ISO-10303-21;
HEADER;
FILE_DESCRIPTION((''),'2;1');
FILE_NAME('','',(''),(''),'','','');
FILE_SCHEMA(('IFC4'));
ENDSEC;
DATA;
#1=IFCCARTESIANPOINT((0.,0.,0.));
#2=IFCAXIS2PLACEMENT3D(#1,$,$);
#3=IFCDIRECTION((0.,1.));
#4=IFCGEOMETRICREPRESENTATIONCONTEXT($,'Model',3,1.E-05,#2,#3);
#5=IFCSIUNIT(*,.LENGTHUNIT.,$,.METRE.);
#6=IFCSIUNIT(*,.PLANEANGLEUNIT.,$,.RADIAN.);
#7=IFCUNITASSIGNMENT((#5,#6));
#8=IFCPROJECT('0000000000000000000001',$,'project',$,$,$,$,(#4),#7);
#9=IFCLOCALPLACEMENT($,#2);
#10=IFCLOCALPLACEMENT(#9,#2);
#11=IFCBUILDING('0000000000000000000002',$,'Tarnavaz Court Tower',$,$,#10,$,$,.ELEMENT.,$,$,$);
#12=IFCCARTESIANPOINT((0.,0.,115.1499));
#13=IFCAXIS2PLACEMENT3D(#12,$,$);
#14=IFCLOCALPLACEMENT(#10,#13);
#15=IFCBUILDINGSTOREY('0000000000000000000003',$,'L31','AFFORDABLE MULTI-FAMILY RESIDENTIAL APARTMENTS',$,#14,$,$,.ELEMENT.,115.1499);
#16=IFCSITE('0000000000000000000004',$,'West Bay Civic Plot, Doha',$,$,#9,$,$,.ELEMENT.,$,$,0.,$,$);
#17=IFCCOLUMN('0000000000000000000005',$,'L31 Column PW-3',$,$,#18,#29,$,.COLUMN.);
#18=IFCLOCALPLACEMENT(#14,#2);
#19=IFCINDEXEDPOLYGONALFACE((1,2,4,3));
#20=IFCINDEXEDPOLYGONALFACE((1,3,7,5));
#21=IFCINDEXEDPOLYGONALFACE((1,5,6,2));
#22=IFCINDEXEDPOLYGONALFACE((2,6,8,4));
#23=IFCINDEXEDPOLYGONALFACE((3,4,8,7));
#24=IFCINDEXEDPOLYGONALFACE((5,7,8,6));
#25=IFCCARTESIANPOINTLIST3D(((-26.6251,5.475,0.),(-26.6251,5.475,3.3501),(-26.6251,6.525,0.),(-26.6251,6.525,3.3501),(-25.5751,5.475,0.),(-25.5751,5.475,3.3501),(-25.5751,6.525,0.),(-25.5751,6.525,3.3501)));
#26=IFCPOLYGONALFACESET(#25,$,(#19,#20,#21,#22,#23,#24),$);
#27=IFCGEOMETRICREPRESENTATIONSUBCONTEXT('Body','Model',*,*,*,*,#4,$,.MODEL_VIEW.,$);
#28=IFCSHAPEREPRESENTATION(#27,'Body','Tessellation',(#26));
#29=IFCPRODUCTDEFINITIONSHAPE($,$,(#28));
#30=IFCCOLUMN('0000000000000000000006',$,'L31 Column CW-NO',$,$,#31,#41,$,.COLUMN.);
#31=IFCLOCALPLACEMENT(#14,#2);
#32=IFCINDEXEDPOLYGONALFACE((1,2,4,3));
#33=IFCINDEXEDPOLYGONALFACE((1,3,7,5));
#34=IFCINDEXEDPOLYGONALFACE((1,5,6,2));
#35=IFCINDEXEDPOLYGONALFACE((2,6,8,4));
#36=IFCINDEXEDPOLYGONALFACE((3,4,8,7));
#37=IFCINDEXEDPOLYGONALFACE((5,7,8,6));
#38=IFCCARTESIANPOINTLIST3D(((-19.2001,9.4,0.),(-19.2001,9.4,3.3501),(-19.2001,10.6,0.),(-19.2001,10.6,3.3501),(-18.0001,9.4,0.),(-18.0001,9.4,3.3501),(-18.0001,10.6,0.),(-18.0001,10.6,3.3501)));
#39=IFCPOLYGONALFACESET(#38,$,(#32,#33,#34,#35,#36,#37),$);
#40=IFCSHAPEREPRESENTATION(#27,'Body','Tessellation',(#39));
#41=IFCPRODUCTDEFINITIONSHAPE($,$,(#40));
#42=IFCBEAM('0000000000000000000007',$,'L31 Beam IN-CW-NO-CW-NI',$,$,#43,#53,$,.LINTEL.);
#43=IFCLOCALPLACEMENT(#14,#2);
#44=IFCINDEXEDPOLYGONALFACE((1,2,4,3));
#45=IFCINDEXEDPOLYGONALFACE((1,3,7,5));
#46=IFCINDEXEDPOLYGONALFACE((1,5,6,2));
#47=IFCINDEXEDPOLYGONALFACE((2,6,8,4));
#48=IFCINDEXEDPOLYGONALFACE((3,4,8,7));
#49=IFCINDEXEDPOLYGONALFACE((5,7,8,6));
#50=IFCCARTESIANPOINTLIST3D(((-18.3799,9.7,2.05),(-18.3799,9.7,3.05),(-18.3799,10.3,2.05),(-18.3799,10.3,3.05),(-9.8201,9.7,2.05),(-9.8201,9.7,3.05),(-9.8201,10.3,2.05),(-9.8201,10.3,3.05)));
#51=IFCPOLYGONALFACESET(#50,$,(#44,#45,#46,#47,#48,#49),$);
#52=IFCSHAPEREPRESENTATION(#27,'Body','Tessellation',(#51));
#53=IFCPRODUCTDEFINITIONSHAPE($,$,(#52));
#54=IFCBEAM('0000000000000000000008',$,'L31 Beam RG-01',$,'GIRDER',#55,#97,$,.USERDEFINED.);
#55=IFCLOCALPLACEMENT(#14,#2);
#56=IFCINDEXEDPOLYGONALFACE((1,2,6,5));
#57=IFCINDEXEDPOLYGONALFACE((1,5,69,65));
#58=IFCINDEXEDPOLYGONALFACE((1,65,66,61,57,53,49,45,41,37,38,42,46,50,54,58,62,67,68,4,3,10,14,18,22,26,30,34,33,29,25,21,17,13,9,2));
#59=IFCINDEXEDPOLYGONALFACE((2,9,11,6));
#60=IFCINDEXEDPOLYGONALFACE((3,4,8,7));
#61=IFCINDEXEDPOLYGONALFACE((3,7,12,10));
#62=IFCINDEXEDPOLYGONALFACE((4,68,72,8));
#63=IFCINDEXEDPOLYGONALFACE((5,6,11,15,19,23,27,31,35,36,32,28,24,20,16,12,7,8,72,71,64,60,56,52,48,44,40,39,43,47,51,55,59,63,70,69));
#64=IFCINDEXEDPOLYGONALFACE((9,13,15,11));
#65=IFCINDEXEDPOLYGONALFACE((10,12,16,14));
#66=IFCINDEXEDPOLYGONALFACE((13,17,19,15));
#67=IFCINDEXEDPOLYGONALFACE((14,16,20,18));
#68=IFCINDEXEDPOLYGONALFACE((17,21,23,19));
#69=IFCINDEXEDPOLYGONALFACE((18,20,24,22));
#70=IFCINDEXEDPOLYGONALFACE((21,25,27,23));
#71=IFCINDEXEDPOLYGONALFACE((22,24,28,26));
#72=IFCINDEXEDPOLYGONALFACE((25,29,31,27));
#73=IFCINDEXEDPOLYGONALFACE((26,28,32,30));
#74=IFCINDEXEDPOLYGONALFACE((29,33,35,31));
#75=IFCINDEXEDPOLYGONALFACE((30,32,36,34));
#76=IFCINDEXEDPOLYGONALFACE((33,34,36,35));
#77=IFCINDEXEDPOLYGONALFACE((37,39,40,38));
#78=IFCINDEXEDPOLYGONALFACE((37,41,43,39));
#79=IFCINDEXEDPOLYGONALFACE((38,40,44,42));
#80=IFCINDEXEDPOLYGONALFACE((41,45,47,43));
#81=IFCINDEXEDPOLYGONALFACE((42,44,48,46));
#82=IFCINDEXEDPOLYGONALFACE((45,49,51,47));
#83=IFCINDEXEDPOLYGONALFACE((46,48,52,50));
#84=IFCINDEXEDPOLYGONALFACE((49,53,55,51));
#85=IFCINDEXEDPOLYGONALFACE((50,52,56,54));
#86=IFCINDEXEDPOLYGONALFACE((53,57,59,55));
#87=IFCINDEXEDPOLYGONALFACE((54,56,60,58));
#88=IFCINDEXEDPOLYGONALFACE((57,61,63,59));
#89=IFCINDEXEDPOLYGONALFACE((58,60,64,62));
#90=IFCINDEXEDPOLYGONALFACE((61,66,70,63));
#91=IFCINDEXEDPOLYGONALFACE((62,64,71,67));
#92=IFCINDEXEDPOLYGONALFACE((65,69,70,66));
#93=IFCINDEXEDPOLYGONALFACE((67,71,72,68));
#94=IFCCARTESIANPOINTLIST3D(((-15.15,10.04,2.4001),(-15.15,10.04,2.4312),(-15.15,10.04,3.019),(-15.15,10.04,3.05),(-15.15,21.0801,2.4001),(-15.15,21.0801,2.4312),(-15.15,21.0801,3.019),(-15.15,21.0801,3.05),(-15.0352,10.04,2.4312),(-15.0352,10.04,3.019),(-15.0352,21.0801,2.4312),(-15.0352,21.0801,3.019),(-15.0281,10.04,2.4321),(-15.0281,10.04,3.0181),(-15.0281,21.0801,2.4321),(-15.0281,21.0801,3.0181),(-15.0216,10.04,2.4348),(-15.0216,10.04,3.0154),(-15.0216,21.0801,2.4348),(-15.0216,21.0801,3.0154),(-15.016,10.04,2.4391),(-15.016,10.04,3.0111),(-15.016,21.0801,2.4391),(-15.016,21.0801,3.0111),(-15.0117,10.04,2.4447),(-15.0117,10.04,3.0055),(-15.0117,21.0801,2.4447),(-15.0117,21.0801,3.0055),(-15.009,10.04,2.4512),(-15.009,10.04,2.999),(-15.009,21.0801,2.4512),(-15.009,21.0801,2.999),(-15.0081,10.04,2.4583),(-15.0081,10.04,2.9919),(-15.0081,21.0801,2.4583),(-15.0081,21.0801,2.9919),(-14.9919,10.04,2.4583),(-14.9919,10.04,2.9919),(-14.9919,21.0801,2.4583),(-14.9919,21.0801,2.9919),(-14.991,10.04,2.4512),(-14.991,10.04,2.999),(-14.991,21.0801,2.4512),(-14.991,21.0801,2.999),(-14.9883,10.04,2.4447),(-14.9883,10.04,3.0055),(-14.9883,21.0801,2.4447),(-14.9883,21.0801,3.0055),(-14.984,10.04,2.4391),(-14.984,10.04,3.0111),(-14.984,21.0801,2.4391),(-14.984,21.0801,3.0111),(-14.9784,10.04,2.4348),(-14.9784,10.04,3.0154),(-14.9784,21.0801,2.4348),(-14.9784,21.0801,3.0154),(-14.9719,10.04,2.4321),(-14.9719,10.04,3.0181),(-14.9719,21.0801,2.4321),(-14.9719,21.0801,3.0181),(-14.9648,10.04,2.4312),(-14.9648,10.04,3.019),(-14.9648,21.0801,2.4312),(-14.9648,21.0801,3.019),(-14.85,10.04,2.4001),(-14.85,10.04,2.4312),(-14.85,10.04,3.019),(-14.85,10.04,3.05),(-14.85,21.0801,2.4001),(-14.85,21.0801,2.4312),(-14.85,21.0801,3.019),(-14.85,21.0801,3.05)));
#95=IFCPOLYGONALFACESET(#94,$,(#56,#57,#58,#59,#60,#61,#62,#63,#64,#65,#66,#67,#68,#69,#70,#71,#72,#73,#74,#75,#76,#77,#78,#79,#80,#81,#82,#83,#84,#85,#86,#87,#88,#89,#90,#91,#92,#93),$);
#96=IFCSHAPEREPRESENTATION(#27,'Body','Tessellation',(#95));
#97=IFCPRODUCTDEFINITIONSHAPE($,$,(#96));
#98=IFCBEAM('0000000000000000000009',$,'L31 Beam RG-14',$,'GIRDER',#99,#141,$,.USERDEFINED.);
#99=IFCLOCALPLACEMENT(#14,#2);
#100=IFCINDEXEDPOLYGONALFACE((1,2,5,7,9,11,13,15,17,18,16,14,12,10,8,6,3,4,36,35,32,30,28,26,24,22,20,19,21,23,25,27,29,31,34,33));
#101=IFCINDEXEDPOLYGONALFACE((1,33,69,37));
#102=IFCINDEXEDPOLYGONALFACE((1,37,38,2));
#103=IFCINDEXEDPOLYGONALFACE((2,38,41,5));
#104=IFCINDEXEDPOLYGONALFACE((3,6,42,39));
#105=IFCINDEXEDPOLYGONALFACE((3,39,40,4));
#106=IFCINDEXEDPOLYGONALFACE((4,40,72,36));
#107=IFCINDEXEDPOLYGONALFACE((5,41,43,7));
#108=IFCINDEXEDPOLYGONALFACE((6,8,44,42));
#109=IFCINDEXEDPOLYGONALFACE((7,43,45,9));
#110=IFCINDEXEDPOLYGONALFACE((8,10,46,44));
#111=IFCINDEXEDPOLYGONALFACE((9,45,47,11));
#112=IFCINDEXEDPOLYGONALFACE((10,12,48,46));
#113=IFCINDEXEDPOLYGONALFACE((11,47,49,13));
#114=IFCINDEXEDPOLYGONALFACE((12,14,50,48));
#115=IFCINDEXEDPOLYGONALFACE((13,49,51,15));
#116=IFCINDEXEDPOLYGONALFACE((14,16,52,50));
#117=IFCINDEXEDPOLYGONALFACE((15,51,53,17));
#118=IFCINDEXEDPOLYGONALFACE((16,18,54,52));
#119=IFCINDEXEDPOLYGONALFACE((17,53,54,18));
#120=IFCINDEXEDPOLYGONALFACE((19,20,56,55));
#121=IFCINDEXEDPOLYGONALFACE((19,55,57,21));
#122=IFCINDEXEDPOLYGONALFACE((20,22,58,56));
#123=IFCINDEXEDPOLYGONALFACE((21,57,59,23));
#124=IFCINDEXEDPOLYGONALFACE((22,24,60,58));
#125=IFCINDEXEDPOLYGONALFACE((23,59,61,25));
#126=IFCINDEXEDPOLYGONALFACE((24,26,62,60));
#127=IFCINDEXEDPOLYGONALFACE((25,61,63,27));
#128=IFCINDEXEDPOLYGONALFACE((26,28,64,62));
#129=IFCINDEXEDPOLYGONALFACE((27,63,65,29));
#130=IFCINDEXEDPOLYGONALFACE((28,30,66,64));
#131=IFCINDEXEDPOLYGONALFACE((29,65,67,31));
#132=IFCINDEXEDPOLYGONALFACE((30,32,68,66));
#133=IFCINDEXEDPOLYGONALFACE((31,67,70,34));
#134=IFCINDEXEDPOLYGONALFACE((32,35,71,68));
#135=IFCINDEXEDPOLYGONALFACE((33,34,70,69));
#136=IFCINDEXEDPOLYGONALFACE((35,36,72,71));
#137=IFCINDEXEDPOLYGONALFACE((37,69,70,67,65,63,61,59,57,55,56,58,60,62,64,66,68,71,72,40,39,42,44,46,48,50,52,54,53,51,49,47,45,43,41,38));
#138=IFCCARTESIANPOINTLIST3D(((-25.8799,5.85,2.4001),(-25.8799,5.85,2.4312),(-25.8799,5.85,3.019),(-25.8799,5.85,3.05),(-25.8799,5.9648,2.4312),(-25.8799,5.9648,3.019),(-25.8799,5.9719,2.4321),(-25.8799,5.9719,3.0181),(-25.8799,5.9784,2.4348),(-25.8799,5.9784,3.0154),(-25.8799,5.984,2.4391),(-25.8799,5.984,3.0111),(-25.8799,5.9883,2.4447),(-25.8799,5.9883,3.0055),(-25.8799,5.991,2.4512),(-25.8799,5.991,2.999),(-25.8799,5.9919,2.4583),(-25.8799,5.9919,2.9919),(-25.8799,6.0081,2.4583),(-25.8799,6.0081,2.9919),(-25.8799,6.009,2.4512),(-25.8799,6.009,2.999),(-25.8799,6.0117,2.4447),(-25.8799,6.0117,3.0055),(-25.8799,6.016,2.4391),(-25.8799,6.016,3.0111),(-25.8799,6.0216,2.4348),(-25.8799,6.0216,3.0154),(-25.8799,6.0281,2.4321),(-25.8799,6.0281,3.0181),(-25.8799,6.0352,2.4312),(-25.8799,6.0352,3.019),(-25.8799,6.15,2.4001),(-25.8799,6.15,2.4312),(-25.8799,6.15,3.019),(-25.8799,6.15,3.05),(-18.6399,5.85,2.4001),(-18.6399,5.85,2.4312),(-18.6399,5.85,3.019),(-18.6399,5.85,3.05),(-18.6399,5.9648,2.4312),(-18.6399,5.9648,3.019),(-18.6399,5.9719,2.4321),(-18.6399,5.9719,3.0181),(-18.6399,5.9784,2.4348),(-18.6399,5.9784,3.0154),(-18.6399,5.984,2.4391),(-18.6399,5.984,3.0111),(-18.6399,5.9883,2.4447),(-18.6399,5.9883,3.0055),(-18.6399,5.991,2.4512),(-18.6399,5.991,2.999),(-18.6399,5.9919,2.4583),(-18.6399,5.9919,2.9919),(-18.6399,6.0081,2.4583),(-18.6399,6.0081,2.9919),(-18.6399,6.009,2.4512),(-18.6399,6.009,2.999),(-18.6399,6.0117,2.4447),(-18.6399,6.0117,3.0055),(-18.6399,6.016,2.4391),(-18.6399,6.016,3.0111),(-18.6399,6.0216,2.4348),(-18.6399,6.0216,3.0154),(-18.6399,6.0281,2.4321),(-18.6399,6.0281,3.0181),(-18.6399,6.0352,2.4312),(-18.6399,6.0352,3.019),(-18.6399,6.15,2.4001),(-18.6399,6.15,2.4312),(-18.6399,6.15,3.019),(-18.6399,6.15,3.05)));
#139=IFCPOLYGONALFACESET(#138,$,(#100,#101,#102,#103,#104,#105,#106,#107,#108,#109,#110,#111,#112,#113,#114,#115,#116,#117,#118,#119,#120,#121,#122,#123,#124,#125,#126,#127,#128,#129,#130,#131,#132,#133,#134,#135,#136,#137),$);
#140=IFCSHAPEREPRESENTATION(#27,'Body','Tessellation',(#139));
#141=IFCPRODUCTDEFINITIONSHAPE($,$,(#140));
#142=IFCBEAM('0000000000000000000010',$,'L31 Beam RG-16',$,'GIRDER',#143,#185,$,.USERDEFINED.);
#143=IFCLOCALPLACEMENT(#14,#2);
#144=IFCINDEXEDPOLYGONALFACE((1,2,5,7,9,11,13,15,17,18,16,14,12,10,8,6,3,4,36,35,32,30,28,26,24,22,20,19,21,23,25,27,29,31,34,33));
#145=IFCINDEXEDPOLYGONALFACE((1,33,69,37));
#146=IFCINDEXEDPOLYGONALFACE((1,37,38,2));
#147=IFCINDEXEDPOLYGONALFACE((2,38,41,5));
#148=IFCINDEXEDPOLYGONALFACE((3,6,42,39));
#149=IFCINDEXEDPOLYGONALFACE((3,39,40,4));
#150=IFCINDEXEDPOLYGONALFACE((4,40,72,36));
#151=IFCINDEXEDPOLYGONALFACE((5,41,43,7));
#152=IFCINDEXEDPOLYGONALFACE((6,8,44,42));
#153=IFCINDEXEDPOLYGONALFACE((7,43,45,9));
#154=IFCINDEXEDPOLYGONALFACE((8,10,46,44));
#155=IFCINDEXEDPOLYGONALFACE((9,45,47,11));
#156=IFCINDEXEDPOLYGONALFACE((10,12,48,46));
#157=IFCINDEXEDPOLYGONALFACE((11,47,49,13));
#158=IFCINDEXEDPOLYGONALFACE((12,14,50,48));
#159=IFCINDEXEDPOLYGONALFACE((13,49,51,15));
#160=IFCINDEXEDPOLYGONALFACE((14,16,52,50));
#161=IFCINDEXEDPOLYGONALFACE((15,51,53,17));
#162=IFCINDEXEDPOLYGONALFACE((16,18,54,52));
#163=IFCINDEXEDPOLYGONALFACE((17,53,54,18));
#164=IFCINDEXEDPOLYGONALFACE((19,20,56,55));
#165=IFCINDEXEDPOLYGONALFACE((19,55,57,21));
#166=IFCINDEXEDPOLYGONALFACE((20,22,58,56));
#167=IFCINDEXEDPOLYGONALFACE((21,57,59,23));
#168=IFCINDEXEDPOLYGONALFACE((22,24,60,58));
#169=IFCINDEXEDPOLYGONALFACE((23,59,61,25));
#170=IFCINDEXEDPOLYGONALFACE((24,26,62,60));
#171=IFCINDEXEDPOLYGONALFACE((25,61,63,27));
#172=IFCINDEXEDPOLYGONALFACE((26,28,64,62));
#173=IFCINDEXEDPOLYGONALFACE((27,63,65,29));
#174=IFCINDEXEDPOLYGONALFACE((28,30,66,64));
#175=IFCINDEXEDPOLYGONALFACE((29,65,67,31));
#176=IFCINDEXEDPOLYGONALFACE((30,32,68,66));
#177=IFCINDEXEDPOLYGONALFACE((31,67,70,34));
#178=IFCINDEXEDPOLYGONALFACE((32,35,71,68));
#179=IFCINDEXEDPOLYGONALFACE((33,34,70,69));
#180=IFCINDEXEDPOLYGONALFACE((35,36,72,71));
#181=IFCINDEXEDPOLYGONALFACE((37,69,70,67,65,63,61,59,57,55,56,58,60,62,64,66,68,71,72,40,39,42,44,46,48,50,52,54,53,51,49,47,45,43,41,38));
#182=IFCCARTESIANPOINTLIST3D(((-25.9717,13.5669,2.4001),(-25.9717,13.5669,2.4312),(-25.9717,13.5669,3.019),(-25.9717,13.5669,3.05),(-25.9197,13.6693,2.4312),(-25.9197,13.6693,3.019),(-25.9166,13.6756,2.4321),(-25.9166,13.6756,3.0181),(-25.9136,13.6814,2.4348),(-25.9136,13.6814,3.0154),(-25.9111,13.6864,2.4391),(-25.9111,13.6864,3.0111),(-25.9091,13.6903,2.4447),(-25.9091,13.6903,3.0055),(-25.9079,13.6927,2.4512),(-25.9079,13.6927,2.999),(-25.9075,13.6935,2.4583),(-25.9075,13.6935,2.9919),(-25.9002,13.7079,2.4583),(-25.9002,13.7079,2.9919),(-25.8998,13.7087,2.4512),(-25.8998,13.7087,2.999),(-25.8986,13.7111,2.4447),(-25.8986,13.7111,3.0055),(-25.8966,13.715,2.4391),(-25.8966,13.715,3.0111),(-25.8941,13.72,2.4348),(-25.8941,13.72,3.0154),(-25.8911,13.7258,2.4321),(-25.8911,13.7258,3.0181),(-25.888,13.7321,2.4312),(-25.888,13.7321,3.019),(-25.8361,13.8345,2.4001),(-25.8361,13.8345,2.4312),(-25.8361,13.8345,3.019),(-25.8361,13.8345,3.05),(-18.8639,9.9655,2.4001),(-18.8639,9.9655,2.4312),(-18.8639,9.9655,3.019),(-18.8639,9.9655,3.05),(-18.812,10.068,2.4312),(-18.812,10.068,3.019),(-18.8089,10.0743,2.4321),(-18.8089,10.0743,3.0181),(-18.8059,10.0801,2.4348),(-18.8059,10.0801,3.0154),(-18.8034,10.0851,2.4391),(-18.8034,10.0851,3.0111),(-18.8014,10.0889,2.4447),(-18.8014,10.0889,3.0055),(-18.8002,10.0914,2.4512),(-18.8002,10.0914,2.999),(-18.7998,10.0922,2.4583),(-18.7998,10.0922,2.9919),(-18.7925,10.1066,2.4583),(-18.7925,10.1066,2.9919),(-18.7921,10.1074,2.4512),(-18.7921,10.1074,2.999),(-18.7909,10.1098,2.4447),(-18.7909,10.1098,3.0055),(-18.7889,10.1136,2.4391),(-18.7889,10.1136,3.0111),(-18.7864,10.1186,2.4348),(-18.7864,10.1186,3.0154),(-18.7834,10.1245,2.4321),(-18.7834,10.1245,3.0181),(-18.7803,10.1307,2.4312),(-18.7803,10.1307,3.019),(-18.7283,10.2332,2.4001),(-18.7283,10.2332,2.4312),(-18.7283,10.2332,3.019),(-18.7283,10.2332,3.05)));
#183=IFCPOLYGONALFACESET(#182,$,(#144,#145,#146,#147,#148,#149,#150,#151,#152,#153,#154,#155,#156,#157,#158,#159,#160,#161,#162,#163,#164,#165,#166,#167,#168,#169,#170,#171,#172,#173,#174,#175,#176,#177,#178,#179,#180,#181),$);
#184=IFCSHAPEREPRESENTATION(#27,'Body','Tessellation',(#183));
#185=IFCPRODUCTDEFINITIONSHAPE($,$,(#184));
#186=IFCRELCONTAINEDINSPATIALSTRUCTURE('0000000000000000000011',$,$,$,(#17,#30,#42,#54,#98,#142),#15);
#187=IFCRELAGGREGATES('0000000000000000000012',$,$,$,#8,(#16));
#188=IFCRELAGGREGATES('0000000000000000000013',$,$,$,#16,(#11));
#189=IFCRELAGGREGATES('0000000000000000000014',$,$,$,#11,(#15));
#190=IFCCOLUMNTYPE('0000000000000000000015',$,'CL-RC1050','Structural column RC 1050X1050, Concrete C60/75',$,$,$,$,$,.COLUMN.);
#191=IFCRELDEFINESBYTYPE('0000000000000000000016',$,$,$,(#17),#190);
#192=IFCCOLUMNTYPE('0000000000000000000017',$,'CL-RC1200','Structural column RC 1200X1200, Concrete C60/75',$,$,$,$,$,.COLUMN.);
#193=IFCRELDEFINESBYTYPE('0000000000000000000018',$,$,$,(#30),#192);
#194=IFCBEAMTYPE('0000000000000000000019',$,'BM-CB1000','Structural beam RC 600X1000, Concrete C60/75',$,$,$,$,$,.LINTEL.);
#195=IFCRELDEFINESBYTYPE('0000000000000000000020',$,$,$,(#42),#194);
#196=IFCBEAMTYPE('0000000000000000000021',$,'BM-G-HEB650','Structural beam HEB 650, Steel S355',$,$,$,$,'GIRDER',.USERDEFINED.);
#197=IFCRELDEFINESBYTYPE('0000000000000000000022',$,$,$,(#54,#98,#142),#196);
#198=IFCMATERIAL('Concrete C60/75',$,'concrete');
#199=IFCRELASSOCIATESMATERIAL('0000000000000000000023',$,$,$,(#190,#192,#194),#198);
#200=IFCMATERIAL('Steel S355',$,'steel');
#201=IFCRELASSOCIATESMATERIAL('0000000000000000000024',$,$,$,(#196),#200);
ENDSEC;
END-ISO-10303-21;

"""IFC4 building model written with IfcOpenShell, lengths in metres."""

from ifc_helpers import new_model, si_unit, direction, frame, origin, origin_2d, place, context, subcontext, project, spatial, rectangle, i_section, extrude, material, material_profile, profile_set, type_object, element, save


model = new_model("IFC4")

# Units and contexts
model_context = context("Model", 3, precision=1e-05, world=origin(), true_north=direction((0.0, 1.0)))
body_context = subcontext(model_context, "Body", "Model", "MODEL_VIEW")
ifc_project = project(units=[si_unit("LENGTHUNIT", "METRE"), si_unit("PLANEANGLEUNIT", "RADIAN")], contexts=[model_context])

# Site, building, storey
site_placement = place(None, origin())
site = spatial("IfcSite", under=ifc_project, at=site_placement, Name="West Bay Civic Plot, Doha", CompositionType="ELEMENT", RefElevation=0.0)
building_placement = place(site_placement, origin())
building = spatial("IfcBuilding", under=site, at=building_placement, Name="Tarnavaz Court Tower", CompositionType="ELEMENT")
storey_placement = place(building_placement, frame((0.0, 0.0, 115.1499)))
storey = spatial("IfcBuildingStorey", under=building, at=storey_placement, Name="L31", Description="AFFORDABLE MULTI-FAMILY RESIDENTIAL APARTMENTS", CompositionType="ELEMENT", Elevation=115.1499)

# Columns
ifc_material_1 = material(Name="Concrete C60/75", Category="concrete")
ifc_material_profile_1 = material_profile(ifc_material_1, rectangle(XDim=1.05, YDim=1.05, at=origin_2d()), Name="RC 1050X1050")
ifc_profile_set_1 = profile_set([ifc_material_profile_1], Name="Concrete C60/75")
column_type_1 = type_object("IfcColumnType", Name="CL-RC1050", Description="Structural column RC 1050X1050, Concrete C60/75", PredefinedType="COLUMN", material=ifc_profile_set_1)
column_1_placement = place(storey_placement, frame((-26.1001, 6.0, 0.0), z_axis=(0.0, 0.0, 1.0), x_axis=(1.0, 0.0, 0.0)))
element("IfcColumn", 1, at=column_1_placement, inside=storey, type_object=column_type_1, Name="L31 Column PW-3", PredefinedType="COLUMN", context=body_context, shape_type="SweptSolid", body=[
    extrude(rectangle(XDim=1.05, YDim=1.05, at=origin_2d()), origin(), (0.0, 0.0, 1.0), 3.3501),
])
ifc_material_profile_2 = material_profile(ifc_material_1, rectangle(XDim=1.2, YDim=1.2, at=origin_2d()), Name="RC 1200X1200")
ifc_profile_set_2 = profile_set([ifc_material_profile_2], Name="Concrete C60/75")
column_type_2 = type_object("IfcColumnType", Name="CL-RC1200", Description="Structural column RC 1200X1200, Concrete C60/75", PredefinedType="COLUMN", material=ifc_profile_set_2)
column_2_placement = place(storey_placement, frame((-18.6001, 10.0, 0.0), z_axis=(0.0, 0.0, 1.0), x_axis=(1.0, 0.0, 0.0)))
element("IfcColumn", 2, at=column_2_placement, inside=storey, type_object=column_type_2, Name="L31 Column CW-NO", PredefinedType="COLUMN", context=body_context, shape_type="SweptSolid", body=[
    extrude(rectangle(XDim=1.2, YDim=1.2, at=origin_2d()), origin(), (0.0, 0.0, 1.0), 3.3501),
])

# Beams
ifc_material_profile_3 = material_profile(ifc_material_1, rectangle(XDim=0.6001, YDim=1.0, at=origin_2d()), Name="RC 600X1000")
ifc_profile_set_3 = profile_set([ifc_material_profile_3], Name="Concrete C60/75")
beam_type_1 = type_object("IfcBeamType", Name="BM-CB1000", Description="Structural beam RC 600X1000, Concrete C60/75", PredefinedType="LINTEL", material=ifc_profile_set_3)
beam_1_placement = place(storey_placement, frame((-18.3799, 10.0, 2.55), z_axis=(1.0, 0.0, 0.0), x_axis=(0.0, 1.0, 0.0)))
element("IfcBeam", 3, at=beam_1_placement, inside=storey, type_object=beam_type_1, Name="L31 Beam IN-CW-NO-CW-NI", PredefinedType="LINTEL", context=body_context, shape_type="SweptSolid", body=[
    extrude(rectangle(XDim=0.6001, YDim=1.0, at=origin_2d()), origin(), (0.0, 0.0, 1.0), 8.5598),
])
ifc_material_2 = material(Name="Steel S355", Category="steel")
ifc_material_profile_4 = material_profile(ifc_material_2, i_section(OverallWidth=0.3, OverallDepth=0.6499, WebThickness=0.0161, FlangeThickness=0.031, FilletRadius=0.0271, at=origin_2d()), Name="HEB 650")
ifc_profile_set_4 = profile_set([ifc_material_profile_4], Name="Steel S355")
beam_type_2 = type_object("IfcBeamType", Name="BM-G-HEB650", Description="Structural beam HEB 650, Steel S355", ElementType="GIRDER", PredefinedType="USERDEFINED", material=ifc_profile_set_4)
beam_2_placement = place(storey_placement, frame((-15.0, 10.04, 2.7251), z_axis=(0.0, 1.0, 0.0), x_axis=(-1.0, 0.0, 0.0)))
element("IfcBeam", 4, at=beam_2_placement, inside=storey, type_object=beam_type_2, Name="L31 Beam RG-01", ObjectType="GIRDER", PredefinedType="USERDEFINED", context=body_context, shape_type="SweptSolid", body=[
    extrude(i_section(OverallWidth=0.3, OverallDepth=0.6499, WebThickness=0.0161, FlangeThickness=0.031, FilletRadius=0.0271, at=origin_2d()), origin(), (0.0, 0.0, 1.0), 11.04),
])
beam_3_placement = place(storey_placement, frame((-18.6399, 6.0, 2.7251), z_axis=(-1.0, 0.0, 0.0), x_axis=(0.0, -1.0, 0.0)))
element("IfcBeam", 5, at=beam_3_placement, inside=storey, type_object=beam_type_2, Name="L31 Beam RG-14", ObjectType="GIRDER", PredefinedType="USERDEFINED", context=body_context, shape_type="SweptSolid", body=[
    extrude(i_section(OverallWidth=0.3, OverallDepth=0.6499, WebThickness=0.0161, FlangeThickness=0.031, FilletRadius=0.0271, at=origin_2d()), origin(), (0.0, 0.0, 1.0), 7.24),
])
beam_4_placement = place(storey_placement, frame((-18.7961, 10.0994, 2.7251), z_axis=(-0.892031, 0.451975, 0.0), x_axis=(-0.451975, -0.892031, 0.0)))
element("IfcBeam", 6, at=beam_4_placement, inside=storey, type_object=beam_type_2, Name="L31 Beam RG-16", ObjectType="GIRDER", PredefinedType="USERDEFINED", context=body_context, shape_type="SweptSolid", body=[
    extrude(i_section(OverallWidth=0.3, OverallDepth=0.6499, WebThickness=0.0161, FlangeThickness=0.031, FilletRadius=0.0271, at=origin_2d()), origin(), (0.0, 0.0, 1.0), 7.968),
])

save(model, "model.ifc")
